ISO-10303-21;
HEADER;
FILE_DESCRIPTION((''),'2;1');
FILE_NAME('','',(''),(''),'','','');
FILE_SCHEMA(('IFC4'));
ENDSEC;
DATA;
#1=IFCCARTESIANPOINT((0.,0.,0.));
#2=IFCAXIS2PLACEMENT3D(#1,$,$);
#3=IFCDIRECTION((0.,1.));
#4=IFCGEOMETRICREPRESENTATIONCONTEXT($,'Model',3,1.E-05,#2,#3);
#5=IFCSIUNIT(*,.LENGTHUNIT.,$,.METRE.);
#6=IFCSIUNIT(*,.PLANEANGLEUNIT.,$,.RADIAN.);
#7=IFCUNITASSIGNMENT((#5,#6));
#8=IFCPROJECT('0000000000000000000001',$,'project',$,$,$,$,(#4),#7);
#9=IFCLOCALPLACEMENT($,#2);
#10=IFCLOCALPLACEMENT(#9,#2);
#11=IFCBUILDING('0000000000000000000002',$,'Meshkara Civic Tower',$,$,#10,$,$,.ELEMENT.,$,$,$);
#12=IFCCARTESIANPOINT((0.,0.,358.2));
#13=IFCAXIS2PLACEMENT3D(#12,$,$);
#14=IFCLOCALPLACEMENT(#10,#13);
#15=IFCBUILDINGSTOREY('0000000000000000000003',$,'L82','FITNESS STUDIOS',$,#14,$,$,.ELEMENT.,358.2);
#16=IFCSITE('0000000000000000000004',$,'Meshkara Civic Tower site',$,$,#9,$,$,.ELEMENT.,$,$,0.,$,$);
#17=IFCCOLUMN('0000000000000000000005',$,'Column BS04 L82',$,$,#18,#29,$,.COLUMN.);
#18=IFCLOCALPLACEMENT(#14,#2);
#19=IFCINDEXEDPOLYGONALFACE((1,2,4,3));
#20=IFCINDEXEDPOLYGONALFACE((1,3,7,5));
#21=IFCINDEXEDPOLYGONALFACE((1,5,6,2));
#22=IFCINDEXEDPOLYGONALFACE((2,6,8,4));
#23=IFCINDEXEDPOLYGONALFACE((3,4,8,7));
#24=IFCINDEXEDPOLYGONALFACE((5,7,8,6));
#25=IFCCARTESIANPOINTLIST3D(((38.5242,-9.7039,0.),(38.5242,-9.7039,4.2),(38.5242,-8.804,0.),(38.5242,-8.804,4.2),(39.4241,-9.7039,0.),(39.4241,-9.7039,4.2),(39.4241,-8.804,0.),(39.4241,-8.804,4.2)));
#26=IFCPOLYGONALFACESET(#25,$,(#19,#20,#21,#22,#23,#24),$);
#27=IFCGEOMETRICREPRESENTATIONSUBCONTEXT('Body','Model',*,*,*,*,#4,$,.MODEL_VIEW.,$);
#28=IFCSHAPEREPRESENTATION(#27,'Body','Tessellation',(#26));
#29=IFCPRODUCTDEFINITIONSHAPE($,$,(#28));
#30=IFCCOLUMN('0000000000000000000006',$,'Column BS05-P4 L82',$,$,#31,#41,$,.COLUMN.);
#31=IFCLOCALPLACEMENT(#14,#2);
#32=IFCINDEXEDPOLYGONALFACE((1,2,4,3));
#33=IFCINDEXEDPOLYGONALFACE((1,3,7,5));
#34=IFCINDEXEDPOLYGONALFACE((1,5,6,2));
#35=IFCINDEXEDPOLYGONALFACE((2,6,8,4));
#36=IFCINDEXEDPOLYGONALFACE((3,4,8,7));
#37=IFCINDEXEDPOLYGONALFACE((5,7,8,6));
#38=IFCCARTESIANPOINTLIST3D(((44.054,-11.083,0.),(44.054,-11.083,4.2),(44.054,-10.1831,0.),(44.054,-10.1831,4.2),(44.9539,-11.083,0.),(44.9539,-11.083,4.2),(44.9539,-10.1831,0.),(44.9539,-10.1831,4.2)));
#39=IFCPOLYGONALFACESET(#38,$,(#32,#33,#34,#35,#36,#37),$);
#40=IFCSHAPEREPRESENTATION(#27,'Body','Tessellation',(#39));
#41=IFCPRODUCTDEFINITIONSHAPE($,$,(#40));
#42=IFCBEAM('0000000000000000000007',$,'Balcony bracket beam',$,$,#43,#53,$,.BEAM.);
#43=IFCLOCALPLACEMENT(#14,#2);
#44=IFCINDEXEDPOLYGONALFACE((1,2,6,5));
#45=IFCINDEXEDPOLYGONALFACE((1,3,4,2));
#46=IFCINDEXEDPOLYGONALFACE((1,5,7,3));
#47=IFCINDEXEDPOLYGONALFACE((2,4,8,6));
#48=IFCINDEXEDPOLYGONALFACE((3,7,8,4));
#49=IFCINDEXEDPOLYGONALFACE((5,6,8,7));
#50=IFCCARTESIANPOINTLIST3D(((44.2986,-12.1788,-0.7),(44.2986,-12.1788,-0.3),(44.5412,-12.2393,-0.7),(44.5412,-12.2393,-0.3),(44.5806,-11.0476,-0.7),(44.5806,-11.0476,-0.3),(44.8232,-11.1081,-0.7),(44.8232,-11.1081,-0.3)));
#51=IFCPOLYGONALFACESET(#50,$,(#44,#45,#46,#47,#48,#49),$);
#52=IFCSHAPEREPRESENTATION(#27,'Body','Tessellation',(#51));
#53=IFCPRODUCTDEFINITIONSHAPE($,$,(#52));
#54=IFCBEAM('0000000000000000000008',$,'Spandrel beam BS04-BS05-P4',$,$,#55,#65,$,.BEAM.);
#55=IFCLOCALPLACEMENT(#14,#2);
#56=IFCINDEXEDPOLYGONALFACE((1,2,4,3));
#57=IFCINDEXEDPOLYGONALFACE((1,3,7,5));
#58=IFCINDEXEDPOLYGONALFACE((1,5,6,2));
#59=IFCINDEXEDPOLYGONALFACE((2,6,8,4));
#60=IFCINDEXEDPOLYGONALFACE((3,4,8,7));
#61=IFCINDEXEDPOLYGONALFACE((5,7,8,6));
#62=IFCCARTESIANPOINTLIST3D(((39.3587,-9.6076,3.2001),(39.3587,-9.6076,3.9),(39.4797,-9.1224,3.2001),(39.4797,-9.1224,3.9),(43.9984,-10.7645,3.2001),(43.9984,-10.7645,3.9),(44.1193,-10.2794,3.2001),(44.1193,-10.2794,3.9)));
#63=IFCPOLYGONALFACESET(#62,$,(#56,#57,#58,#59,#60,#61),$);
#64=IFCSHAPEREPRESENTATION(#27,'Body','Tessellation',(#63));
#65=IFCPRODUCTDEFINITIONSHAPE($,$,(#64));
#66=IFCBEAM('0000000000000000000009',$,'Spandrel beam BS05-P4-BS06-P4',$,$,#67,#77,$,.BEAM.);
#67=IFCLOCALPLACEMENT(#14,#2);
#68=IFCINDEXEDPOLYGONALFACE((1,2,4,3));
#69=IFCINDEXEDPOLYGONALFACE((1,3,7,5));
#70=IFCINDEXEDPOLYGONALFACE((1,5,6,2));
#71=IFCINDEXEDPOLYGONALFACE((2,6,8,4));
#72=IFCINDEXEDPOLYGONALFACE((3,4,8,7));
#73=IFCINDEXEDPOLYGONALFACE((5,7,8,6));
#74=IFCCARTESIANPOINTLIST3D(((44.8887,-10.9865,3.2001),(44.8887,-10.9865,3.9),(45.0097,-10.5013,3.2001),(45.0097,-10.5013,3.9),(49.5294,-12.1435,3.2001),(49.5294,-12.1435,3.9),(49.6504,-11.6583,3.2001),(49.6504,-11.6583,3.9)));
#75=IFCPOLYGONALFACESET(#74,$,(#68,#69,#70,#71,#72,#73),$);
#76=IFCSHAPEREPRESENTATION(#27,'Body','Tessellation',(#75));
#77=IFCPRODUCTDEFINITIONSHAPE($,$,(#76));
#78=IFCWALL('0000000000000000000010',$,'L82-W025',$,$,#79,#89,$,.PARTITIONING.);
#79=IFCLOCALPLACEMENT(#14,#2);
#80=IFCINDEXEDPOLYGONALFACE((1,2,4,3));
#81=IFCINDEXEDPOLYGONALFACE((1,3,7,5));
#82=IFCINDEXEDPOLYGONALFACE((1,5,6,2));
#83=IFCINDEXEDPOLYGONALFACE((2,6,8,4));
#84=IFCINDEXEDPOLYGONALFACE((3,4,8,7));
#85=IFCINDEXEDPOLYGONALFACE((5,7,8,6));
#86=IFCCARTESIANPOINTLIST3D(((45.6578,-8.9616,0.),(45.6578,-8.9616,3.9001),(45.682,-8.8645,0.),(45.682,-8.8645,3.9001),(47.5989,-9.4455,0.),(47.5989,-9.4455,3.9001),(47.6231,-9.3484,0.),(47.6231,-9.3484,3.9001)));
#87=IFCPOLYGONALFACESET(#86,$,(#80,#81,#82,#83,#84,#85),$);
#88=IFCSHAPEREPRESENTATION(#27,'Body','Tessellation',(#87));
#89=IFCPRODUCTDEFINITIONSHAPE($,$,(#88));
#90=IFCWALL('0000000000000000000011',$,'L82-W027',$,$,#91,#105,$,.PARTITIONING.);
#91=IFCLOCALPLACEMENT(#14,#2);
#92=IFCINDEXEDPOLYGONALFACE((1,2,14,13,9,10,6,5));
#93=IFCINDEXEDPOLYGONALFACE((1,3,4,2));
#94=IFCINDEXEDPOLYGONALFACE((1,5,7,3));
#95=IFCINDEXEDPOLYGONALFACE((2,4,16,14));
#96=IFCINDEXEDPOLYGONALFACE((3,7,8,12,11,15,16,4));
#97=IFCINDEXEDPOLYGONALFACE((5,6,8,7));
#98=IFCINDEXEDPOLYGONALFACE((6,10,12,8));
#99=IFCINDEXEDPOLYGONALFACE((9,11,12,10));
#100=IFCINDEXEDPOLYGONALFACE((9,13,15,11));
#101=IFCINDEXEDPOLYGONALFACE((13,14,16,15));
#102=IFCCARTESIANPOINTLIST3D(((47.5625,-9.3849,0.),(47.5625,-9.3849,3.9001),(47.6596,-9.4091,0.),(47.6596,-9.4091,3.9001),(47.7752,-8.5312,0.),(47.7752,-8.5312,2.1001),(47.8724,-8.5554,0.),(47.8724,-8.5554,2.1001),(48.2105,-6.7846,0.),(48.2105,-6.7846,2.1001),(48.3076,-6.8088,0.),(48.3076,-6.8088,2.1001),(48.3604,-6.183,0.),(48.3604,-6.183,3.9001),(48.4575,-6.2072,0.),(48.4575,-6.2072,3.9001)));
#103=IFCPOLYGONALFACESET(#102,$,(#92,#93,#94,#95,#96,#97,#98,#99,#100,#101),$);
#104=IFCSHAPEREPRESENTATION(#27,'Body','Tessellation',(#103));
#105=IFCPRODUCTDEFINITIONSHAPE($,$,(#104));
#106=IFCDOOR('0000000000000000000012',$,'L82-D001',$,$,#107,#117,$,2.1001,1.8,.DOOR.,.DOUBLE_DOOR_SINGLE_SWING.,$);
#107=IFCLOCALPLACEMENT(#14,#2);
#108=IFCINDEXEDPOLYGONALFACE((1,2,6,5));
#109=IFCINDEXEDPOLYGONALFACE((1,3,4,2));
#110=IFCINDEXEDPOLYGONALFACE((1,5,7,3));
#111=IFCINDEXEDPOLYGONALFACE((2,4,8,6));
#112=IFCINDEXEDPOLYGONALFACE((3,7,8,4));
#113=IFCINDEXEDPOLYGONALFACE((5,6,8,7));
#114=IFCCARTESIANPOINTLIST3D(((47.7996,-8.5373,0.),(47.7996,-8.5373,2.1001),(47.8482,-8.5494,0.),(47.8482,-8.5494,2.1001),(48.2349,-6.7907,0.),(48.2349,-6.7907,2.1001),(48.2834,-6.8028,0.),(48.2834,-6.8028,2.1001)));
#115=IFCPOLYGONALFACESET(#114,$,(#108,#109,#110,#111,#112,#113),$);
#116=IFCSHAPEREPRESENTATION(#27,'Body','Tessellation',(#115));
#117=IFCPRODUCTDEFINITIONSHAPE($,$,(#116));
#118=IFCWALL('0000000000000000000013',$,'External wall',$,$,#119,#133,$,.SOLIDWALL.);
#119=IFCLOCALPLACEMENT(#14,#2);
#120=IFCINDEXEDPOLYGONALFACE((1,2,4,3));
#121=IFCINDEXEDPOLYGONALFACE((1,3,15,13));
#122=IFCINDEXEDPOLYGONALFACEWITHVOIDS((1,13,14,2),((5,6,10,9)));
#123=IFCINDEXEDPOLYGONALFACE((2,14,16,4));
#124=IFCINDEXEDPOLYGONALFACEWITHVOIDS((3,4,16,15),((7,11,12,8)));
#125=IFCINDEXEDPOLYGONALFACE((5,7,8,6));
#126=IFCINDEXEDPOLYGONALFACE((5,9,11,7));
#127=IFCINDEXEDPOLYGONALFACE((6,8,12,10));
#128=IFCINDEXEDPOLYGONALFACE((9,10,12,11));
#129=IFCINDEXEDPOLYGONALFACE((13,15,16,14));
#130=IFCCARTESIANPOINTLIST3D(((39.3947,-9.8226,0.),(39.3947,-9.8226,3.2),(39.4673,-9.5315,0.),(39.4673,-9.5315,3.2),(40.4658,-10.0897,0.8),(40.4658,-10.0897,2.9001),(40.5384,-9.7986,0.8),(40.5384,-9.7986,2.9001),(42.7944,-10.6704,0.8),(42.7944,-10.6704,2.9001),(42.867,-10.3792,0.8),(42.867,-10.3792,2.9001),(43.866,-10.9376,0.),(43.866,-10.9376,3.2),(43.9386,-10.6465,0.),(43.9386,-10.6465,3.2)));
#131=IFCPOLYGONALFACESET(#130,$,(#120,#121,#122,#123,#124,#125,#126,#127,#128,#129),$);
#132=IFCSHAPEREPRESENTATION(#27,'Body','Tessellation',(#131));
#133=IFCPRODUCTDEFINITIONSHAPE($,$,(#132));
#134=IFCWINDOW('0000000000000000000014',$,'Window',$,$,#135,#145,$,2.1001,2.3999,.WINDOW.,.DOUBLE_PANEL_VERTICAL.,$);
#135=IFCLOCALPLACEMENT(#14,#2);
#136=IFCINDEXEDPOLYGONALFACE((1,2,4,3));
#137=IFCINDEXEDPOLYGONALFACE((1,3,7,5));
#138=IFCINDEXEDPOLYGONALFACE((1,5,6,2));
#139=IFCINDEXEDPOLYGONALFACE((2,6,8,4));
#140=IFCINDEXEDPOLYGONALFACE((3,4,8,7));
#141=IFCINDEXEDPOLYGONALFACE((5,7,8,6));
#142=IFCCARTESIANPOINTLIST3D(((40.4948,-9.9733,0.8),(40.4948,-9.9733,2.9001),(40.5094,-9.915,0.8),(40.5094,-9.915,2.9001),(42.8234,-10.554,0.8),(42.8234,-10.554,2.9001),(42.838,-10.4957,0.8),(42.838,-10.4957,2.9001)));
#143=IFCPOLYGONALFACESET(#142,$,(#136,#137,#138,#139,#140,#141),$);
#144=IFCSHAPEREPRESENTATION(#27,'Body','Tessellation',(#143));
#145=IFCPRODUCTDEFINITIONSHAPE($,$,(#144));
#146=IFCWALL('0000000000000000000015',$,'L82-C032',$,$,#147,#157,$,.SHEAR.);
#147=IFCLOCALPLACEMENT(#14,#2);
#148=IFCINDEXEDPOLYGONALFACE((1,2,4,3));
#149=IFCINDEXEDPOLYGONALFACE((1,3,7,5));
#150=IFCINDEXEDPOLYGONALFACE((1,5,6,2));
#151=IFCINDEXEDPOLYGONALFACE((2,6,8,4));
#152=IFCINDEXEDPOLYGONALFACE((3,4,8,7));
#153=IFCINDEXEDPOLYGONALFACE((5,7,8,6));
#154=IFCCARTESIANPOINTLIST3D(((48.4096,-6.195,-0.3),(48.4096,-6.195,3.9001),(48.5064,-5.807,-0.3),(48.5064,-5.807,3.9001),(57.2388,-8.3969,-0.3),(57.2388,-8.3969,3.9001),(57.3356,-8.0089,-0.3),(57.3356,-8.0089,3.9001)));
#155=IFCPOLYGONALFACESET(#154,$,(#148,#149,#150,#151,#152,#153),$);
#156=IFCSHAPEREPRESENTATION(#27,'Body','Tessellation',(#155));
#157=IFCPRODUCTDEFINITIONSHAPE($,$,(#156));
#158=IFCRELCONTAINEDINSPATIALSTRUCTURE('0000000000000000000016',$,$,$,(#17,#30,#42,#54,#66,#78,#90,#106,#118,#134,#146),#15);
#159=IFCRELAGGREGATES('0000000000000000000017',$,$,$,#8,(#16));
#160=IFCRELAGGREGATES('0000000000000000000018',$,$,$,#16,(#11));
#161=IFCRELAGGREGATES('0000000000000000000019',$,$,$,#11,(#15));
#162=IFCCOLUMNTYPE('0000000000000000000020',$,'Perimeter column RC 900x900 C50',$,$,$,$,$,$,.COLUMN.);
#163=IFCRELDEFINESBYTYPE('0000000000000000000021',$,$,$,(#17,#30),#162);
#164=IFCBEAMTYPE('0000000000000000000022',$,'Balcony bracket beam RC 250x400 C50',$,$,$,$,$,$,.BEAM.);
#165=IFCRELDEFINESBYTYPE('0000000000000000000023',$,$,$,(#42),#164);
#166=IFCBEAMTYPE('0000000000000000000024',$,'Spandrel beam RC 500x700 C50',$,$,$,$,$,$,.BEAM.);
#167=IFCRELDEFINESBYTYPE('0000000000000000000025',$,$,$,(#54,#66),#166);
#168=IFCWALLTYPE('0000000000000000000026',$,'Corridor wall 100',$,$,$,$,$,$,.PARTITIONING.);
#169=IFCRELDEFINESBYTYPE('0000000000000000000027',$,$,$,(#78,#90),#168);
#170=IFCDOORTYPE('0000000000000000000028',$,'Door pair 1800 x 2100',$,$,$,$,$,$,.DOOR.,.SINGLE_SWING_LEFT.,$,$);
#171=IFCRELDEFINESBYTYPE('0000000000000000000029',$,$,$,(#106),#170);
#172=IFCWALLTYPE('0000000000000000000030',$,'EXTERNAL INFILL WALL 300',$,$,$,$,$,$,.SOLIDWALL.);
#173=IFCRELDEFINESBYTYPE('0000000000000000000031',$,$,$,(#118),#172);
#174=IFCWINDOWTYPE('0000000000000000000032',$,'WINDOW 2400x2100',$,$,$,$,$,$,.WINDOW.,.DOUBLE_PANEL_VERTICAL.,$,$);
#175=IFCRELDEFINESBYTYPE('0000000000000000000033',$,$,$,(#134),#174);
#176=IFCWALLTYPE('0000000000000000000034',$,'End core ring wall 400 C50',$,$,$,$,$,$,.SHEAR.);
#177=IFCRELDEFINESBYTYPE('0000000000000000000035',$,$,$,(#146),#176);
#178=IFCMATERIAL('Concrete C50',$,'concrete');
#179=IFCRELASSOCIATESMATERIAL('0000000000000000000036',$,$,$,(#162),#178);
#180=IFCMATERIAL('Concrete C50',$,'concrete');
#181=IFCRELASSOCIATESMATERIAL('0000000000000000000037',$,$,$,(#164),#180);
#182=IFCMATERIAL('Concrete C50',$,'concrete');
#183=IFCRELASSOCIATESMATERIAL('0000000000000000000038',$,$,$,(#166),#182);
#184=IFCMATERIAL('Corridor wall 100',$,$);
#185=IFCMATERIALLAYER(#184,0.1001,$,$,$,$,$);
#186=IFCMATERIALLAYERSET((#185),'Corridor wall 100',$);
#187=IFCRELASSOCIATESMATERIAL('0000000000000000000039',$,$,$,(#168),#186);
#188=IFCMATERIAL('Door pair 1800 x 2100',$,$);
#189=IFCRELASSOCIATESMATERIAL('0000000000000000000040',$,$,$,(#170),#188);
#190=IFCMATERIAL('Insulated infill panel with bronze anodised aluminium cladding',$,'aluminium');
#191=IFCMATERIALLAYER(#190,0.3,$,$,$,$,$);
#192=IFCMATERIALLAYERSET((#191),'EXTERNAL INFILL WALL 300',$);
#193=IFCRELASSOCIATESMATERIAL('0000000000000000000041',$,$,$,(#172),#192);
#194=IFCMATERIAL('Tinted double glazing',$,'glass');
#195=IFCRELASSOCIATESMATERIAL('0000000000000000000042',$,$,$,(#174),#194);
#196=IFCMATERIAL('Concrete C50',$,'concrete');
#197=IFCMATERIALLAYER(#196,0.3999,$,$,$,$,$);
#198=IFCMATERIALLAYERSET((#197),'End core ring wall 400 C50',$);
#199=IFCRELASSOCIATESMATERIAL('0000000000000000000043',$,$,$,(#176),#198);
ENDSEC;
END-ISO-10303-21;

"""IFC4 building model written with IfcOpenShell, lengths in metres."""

from ifc_helpers import new_model, si_unit, direction, frame, frame_2d, origin, origin_2d, place, context, subcontext, project, spatial, rectangle, extrude, material, layer, layer_set, material_profile, profile_set, type_object, element, fill, save


model = new_model("IFC4")

# Units and contexts
model_context = context("Model", 3, precision=1e-05, world=origin(), true_north=direction((0.0, 1.0)))
body_context = subcontext(model_context, "Body", "Model", "MODEL_VIEW")
ifc_project = project(units=[si_unit("LENGTHUNIT", "METRE"), si_unit("PLANEANGLEUNIT", "RADIAN")], contexts=[model_context])

# Site, building, storey
site_placement = place(None, origin())
site = spatial("IfcSite", under=ifc_project, at=site_placement, Name="Meshkara Civic Tower site", CompositionType="ELEMENT", RefElevation=0.0)
building_placement = place(site_placement, origin())
building = spatial("IfcBuilding", under=site, at=building_placement, Name="Meshkara Civic Tower", CompositionType="ELEMENT")
storey_placement = place(building_placement, frame((0.0, 0.0, 358.2)))
storey = spatial("IfcBuildingStorey", under=building, at=storey_placement, Name="L82", Description="FITNESS STUDIOS", CompositionType="ELEMENT", Elevation=358.2)

# Columns
ifc_material_1 = material(Name="Concrete C50", Category="concrete")
ifc_material_profile_1 = material_profile(ifc_material_1, rectangle(XDim=0.8999, YDim=0.8999, at=origin_2d()))
ifc_profile_set_1 = profile_set([ifc_material_profile_1], Name="Concrete C50")
column_type = type_object("IfcColumnType", Name="Perimeter column RC 900x900 C50", PredefinedType="COLUMN", material=ifc_profile_set_1)
for number, where, z_axis, x_axis, name in (
    (1, (38.9741, -9.2539, 0.0), (0.0, 0.0, 1.0), (1.0, 0.0, 0.0), "Column BS04 L82"),
    (2, (44.5039, -10.6331, 0.0), (0.0, 0.0, 1.0), (1.0, 0.0, 0.0), "Column BS05-P4 L82"),
):
    element("IfcColumn", number, at=place(storey_placement, frame(where, z_axis=z_axis, x_axis=x_axis)), inside=storey, type_object=column_type, Name=name, PredefinedType="COLUMN", context=body_context, shape_type="SweptSolid", body=[
        extrude(rectangle(XDim=0.8999, YDim=0.8999, at=origin_2d()), origin(), (0.0, 0.0, 1.0), 4.2),
    ])

# Beams
ifc_material_2 = material(Name="Concrete C50", Category="concrete")
ifc_material_profile_2 = material_profile(ifc_material_2, rectangle(XDim=0.25, YDim=0.3999, at=origin_2d()))
ifc_profile_set_2 = profile_set([ifc_material_profile_2], Name="Concrete C50")
beam_type_1 = type_object("IfcBeamType", Name="Balcony bracket beam RC 250x400 C50", PredefinedType="BEAM", material=ifc_profile_set_2)
beam_1_placement = place(storey_placement, frame((44.7019, -11.0779, -0.5), z_axis=(-0.241895, -0.970302, 0.0), x_axis=(0.970302, -0.241895, 0.0)))
element("IfcBeam", 3, at=beam_1_placement, inside=storey, type_object=beam_type_1, Name="Balcony bracket beam", PredefinedType="BEAM", context=body_context, shape_type="SweptSolid", body=[
    extrude(rectangle(XDim=0.25, YDim=0.3999, at=origin_2d()), origin(), (0.0, 0.0, 1.0), 1.1658),
])
ifc_material_3 = material(Name="Concrete C50", Category="concrete")
ifc_material_profile_3 = material_profile(ifc_material_3, rectangle(XDim=0.5, YDim=0.7, at=origin_2d()))
ifc_profile_set_3 = profile_set([ifc_material_profile_3], Name="Concrete C50")
beam_type_2 = type_object("IfcBeamType", Name="Spandrel beam RC 500x700 C50", PredefinedType="BEAM", material=ifc_profile_set_3)
beam_2_placement = place(storey_placement, frame((39.4192, -9.365, 3.55), z_axis=(0.970286, -0.241959, 0.0), x_axis=(0.241959, 0.970286, 0.0)))
element("IfcBeam", 4, at=beam_2_placement, inside=storey, type_object=beam_type_2, Name="Spandrel beam BS04-BS05-P4", PredefinedType="BEAM", context=body_context, shape_type="SweptSolid", body=[
    extrude(rectangle(XDim=0.5, YDim=0.7, at=origin_2d()), origin(), (0.0, 0.0, 1.0), 4.7817),
])
beam_3_placement = place(storey_placement, frame((44.9492, -10.7439, 3.55), z_axis=(0.970298, -0.241911, 0.0), x_axis=(0.241911, 0.970298, 0.0)))
element("IfcBeam", 5, at=beam_3_placement, inside=storey, type_object=beam_type_2, Name="Spandrel beam BS05-P4-BS06-P4", PredefinedType="BEAM", context=body_context, shape_type="SweptSolid", body=[
    extrude(rectangle(XDim=0.5, YDim=0.7, at=origin_2d()), origin(), (0.0, 0.0, 1.0), 4.7827),
])

# Wall
ifc_material_4 = material(Name="Corridor wall 100")
ifc_layer_1 = layer(ifc_material_4, 0.1001)
ifc_layer_set_1 = layer_set([ifc_layer_1], Name="Corridor wall 100")
wall_type_1 = type_object("IfcWallType", Name="Corridor wall 100", PredefinedType="PARTITIONING", material=ifc_layer_set_1)
wall_1_placement = place(storey_placement, frame((45.6699, -8.9131, 0.0), z_axis=(0.0, 0.0, 1.0), x_axis=(0.970307, -0.241875, 0.0)))
element("IfcWall", 6, at=wall_1_placement, inside=storey, type_object=wall_type_1, Name="L82-W025", PredefinedType="PARTITIONING", context=body_context, shape_type="SweptSolid", body=[
    extrude(rectangle(XDim=2.0005, YDim=0.1001, at=frame_2d((1.0002, 0.0))), origin(), (0.0, 0.0, 1.0), 3.9001),
])

# Wall, opening, door
wall_2_placement = place(storey_placement, frame((47.6111, -9.397, 0.0), z_axis=(0.0, 0.0, 1.0), x_axis=(0.241787, 0.970329, 0.0)))
wall_2 = element("IfcWall", 7, at=wall_2_placement, inside=storey, type_object=wall_type_1, Name="L82-W027", PredefinedType="PARTITIONING", context=body_context, shape_type="SweptSolid", body=[
    extrude(rectangle(XDim=3.2998, YDim=0.1001, at=frame_2d((1.6499, 0.0))), origin(), (0.0, 0.0, 1.0), 3.9001),
])
opening_1_placement = place(wall_2_placement, frame((0.8799, 0.0, 0.0)))
opening_1 = element("IfcOpeningElement", 8, at=opening_1_placement, cuts=wall_2, PredefinedType="OPENING", context=body_context, shape_type="SweptSolid", body=[
    extrude(rectangle(XDim=1.8, YDim=2.1001, at=frame_2d((0.8999, 1.05))), frame((0.0, 0.0601, 0.0), z_axis=(0.0, -1.0, 0.0), x_axis=(1.0, 0.0, 0.0)), (0.0, 0.0, 1.0), 0.1201),
])
ifc_material_5 = material(Name="Door pair 1800 x 2100")
door_type_1 = type_object("IfcDoorType", Name="Door pair 1800 x 2100", OperationType="SINGLE_SWING_LEFT", PredefinedType="DOOR", material=ifc_material_5)
door_1_placement = place(opening_1_placement, origin())
door_1 = element("IfcDoor", 9, at=door_1_placement, inside=storey, type_object=door_type_1, Name="L82-D001", OperationType="DOUBLE_DOOR_SINGLE_SWING", OverallHeight=2.1001, OverallWidth=1.8, PredefinedType="DOOR", context=body_context, shape_type="SweptSolid", body=[
    extrude(rectangle(XDim=1.8, YDim=2.1001, at=frame_2d((0.8999, 1.05))), frame((0.0, 0.0249, 0.0), z_axis=(0.0, -1.0, 0.0), x_axis=(1.0, 0.0, 0.0)), (0.0, 0.0, 1.0), 0.05),
])
fill(opening_1, door_1)

# Wall, opening, window
ifc_material_6 = material(Name="Insulated infill panel with bronze anodised aluminium cladding", Category="aluminium")
ifc_layer_2 = layer(ifc_material_6, 0.3)
ifc_layer_set_2 = layer_set([ifc_layer_2], Name="EXTERNAL INFILL WALL 300")
wall_type_2 = type_object("IfcWallType", Name="EXTERNAL INFILL WALL 300", PredefinedType="SOLIDWALL", material=ifc_layer_set_2)
wall_3_placement = place(storey_placement, frame((39.4309, -9.677, 0.0), z_axis=(0.0, 0.0, 1.0), x_axis=(0.970286, -0.241962, 0.0)))
wall_3 = element("IfcWall", 10, at=wall_3_placement, inside=storey, type_object=wall_type_2, Name="External wall", PredefinedType="SOLIDWALL", context=body_context, shape_type="SweptSolid", body=[
    extrude(rectangle(XDim=4.6082, YDim=0.3, at=frame_2d((2.3042, 0.0))), origin(), (0.0, 0.0, 1.0), 3.2),
])
opening_2_placement = place(wall_3_placement, frame((1.104, 0.0, 0.8)))
opening_2 = element("IfcOpeningElement", 11, at=opening_2_placement, cuts=wall_3, PredefinedType="OPENING", context=body_context, shape_type="SweptSolid", body=[
    extrude(rectangle(XDim=2.3999, YDim=2.1001, at=frame_2d((1.2, 1.05))), frame((0.0, 0.1599, 0.0), z_axis=(0.0, -1.0, 0.0), x_axis=(1.0, 0.0, 0.0)), (0.0, 0.0, 1.0), 0.3201),
])
ifc_material_7 = material(Name="Tinted double glazing", Category="glass")
window_type = type_object("IfcWindowType", Name="WINDOW 2400x2100", PartitioningType="DOUBLE_PANEL_VERTICAL", PredefinedType="WINDOW", material=ifc_material_7)
window_placement = place(opening_2_placement, origin())
window = element("IfcWindow", 12, at=window_placement, inside=storey, type_object=window_type, Name="Window", OverallHeight=2.1001, OverallWidth=2.3999, PartitioningType="DOUBLE_PANEL_VERTICAL", PredefinedType="WINDOW", context=body_context, shape_type="SweptSolid", body=[
    extrude(rectangle(XDim=2.3999, YDim=2.1001, at=frame_2d((1.2, 1.05))), frame((0.0, 0.03, 0.0), z_axis=(0.0, -1.0, 0.0), x_axis=(1.0, 0.0, 0.0)), (0.0, 0.0, 1.0), 0.0601),
])
fill(opening_2, window)

# Wall
ifc_material_8 = material(Name="Concrete C50", Category="concrete")
ifc_layer_3 = layer(ifc_material_8, 0.3999)
ifc_layer_set_3 = layer_set([ifc_layer_3], Name="End core ring wall 400 C50")
wall_type_3 = type_object("IfcWallType", Name="End core ring wall 400 C50", PredefinedType="SHEAR", material=ifc_layer_set_3)
wall_4_placement = place(storey_placement, frame((48.458, -6.001, -0.3), z_axis=(0.0, 0.0, 1.0), x_axis=(0.970281, -0.24198, 0.0)))
element("IfcWall", 13, at=wall_4_placement, inside=storey, type_object=wall_type_3, Name="L82-C032", PredefinedType="SHEAR", context=body_context, shape_type="SweptSolid", body=[
    extrude(rectangle(XDim=9.0996, YDim=0.3999, at=frame_2d((4.5498, 0.0))), origin(), (0.0, 0.0, 1.0), 4.2002),
])

save(model, "model.ifc")
